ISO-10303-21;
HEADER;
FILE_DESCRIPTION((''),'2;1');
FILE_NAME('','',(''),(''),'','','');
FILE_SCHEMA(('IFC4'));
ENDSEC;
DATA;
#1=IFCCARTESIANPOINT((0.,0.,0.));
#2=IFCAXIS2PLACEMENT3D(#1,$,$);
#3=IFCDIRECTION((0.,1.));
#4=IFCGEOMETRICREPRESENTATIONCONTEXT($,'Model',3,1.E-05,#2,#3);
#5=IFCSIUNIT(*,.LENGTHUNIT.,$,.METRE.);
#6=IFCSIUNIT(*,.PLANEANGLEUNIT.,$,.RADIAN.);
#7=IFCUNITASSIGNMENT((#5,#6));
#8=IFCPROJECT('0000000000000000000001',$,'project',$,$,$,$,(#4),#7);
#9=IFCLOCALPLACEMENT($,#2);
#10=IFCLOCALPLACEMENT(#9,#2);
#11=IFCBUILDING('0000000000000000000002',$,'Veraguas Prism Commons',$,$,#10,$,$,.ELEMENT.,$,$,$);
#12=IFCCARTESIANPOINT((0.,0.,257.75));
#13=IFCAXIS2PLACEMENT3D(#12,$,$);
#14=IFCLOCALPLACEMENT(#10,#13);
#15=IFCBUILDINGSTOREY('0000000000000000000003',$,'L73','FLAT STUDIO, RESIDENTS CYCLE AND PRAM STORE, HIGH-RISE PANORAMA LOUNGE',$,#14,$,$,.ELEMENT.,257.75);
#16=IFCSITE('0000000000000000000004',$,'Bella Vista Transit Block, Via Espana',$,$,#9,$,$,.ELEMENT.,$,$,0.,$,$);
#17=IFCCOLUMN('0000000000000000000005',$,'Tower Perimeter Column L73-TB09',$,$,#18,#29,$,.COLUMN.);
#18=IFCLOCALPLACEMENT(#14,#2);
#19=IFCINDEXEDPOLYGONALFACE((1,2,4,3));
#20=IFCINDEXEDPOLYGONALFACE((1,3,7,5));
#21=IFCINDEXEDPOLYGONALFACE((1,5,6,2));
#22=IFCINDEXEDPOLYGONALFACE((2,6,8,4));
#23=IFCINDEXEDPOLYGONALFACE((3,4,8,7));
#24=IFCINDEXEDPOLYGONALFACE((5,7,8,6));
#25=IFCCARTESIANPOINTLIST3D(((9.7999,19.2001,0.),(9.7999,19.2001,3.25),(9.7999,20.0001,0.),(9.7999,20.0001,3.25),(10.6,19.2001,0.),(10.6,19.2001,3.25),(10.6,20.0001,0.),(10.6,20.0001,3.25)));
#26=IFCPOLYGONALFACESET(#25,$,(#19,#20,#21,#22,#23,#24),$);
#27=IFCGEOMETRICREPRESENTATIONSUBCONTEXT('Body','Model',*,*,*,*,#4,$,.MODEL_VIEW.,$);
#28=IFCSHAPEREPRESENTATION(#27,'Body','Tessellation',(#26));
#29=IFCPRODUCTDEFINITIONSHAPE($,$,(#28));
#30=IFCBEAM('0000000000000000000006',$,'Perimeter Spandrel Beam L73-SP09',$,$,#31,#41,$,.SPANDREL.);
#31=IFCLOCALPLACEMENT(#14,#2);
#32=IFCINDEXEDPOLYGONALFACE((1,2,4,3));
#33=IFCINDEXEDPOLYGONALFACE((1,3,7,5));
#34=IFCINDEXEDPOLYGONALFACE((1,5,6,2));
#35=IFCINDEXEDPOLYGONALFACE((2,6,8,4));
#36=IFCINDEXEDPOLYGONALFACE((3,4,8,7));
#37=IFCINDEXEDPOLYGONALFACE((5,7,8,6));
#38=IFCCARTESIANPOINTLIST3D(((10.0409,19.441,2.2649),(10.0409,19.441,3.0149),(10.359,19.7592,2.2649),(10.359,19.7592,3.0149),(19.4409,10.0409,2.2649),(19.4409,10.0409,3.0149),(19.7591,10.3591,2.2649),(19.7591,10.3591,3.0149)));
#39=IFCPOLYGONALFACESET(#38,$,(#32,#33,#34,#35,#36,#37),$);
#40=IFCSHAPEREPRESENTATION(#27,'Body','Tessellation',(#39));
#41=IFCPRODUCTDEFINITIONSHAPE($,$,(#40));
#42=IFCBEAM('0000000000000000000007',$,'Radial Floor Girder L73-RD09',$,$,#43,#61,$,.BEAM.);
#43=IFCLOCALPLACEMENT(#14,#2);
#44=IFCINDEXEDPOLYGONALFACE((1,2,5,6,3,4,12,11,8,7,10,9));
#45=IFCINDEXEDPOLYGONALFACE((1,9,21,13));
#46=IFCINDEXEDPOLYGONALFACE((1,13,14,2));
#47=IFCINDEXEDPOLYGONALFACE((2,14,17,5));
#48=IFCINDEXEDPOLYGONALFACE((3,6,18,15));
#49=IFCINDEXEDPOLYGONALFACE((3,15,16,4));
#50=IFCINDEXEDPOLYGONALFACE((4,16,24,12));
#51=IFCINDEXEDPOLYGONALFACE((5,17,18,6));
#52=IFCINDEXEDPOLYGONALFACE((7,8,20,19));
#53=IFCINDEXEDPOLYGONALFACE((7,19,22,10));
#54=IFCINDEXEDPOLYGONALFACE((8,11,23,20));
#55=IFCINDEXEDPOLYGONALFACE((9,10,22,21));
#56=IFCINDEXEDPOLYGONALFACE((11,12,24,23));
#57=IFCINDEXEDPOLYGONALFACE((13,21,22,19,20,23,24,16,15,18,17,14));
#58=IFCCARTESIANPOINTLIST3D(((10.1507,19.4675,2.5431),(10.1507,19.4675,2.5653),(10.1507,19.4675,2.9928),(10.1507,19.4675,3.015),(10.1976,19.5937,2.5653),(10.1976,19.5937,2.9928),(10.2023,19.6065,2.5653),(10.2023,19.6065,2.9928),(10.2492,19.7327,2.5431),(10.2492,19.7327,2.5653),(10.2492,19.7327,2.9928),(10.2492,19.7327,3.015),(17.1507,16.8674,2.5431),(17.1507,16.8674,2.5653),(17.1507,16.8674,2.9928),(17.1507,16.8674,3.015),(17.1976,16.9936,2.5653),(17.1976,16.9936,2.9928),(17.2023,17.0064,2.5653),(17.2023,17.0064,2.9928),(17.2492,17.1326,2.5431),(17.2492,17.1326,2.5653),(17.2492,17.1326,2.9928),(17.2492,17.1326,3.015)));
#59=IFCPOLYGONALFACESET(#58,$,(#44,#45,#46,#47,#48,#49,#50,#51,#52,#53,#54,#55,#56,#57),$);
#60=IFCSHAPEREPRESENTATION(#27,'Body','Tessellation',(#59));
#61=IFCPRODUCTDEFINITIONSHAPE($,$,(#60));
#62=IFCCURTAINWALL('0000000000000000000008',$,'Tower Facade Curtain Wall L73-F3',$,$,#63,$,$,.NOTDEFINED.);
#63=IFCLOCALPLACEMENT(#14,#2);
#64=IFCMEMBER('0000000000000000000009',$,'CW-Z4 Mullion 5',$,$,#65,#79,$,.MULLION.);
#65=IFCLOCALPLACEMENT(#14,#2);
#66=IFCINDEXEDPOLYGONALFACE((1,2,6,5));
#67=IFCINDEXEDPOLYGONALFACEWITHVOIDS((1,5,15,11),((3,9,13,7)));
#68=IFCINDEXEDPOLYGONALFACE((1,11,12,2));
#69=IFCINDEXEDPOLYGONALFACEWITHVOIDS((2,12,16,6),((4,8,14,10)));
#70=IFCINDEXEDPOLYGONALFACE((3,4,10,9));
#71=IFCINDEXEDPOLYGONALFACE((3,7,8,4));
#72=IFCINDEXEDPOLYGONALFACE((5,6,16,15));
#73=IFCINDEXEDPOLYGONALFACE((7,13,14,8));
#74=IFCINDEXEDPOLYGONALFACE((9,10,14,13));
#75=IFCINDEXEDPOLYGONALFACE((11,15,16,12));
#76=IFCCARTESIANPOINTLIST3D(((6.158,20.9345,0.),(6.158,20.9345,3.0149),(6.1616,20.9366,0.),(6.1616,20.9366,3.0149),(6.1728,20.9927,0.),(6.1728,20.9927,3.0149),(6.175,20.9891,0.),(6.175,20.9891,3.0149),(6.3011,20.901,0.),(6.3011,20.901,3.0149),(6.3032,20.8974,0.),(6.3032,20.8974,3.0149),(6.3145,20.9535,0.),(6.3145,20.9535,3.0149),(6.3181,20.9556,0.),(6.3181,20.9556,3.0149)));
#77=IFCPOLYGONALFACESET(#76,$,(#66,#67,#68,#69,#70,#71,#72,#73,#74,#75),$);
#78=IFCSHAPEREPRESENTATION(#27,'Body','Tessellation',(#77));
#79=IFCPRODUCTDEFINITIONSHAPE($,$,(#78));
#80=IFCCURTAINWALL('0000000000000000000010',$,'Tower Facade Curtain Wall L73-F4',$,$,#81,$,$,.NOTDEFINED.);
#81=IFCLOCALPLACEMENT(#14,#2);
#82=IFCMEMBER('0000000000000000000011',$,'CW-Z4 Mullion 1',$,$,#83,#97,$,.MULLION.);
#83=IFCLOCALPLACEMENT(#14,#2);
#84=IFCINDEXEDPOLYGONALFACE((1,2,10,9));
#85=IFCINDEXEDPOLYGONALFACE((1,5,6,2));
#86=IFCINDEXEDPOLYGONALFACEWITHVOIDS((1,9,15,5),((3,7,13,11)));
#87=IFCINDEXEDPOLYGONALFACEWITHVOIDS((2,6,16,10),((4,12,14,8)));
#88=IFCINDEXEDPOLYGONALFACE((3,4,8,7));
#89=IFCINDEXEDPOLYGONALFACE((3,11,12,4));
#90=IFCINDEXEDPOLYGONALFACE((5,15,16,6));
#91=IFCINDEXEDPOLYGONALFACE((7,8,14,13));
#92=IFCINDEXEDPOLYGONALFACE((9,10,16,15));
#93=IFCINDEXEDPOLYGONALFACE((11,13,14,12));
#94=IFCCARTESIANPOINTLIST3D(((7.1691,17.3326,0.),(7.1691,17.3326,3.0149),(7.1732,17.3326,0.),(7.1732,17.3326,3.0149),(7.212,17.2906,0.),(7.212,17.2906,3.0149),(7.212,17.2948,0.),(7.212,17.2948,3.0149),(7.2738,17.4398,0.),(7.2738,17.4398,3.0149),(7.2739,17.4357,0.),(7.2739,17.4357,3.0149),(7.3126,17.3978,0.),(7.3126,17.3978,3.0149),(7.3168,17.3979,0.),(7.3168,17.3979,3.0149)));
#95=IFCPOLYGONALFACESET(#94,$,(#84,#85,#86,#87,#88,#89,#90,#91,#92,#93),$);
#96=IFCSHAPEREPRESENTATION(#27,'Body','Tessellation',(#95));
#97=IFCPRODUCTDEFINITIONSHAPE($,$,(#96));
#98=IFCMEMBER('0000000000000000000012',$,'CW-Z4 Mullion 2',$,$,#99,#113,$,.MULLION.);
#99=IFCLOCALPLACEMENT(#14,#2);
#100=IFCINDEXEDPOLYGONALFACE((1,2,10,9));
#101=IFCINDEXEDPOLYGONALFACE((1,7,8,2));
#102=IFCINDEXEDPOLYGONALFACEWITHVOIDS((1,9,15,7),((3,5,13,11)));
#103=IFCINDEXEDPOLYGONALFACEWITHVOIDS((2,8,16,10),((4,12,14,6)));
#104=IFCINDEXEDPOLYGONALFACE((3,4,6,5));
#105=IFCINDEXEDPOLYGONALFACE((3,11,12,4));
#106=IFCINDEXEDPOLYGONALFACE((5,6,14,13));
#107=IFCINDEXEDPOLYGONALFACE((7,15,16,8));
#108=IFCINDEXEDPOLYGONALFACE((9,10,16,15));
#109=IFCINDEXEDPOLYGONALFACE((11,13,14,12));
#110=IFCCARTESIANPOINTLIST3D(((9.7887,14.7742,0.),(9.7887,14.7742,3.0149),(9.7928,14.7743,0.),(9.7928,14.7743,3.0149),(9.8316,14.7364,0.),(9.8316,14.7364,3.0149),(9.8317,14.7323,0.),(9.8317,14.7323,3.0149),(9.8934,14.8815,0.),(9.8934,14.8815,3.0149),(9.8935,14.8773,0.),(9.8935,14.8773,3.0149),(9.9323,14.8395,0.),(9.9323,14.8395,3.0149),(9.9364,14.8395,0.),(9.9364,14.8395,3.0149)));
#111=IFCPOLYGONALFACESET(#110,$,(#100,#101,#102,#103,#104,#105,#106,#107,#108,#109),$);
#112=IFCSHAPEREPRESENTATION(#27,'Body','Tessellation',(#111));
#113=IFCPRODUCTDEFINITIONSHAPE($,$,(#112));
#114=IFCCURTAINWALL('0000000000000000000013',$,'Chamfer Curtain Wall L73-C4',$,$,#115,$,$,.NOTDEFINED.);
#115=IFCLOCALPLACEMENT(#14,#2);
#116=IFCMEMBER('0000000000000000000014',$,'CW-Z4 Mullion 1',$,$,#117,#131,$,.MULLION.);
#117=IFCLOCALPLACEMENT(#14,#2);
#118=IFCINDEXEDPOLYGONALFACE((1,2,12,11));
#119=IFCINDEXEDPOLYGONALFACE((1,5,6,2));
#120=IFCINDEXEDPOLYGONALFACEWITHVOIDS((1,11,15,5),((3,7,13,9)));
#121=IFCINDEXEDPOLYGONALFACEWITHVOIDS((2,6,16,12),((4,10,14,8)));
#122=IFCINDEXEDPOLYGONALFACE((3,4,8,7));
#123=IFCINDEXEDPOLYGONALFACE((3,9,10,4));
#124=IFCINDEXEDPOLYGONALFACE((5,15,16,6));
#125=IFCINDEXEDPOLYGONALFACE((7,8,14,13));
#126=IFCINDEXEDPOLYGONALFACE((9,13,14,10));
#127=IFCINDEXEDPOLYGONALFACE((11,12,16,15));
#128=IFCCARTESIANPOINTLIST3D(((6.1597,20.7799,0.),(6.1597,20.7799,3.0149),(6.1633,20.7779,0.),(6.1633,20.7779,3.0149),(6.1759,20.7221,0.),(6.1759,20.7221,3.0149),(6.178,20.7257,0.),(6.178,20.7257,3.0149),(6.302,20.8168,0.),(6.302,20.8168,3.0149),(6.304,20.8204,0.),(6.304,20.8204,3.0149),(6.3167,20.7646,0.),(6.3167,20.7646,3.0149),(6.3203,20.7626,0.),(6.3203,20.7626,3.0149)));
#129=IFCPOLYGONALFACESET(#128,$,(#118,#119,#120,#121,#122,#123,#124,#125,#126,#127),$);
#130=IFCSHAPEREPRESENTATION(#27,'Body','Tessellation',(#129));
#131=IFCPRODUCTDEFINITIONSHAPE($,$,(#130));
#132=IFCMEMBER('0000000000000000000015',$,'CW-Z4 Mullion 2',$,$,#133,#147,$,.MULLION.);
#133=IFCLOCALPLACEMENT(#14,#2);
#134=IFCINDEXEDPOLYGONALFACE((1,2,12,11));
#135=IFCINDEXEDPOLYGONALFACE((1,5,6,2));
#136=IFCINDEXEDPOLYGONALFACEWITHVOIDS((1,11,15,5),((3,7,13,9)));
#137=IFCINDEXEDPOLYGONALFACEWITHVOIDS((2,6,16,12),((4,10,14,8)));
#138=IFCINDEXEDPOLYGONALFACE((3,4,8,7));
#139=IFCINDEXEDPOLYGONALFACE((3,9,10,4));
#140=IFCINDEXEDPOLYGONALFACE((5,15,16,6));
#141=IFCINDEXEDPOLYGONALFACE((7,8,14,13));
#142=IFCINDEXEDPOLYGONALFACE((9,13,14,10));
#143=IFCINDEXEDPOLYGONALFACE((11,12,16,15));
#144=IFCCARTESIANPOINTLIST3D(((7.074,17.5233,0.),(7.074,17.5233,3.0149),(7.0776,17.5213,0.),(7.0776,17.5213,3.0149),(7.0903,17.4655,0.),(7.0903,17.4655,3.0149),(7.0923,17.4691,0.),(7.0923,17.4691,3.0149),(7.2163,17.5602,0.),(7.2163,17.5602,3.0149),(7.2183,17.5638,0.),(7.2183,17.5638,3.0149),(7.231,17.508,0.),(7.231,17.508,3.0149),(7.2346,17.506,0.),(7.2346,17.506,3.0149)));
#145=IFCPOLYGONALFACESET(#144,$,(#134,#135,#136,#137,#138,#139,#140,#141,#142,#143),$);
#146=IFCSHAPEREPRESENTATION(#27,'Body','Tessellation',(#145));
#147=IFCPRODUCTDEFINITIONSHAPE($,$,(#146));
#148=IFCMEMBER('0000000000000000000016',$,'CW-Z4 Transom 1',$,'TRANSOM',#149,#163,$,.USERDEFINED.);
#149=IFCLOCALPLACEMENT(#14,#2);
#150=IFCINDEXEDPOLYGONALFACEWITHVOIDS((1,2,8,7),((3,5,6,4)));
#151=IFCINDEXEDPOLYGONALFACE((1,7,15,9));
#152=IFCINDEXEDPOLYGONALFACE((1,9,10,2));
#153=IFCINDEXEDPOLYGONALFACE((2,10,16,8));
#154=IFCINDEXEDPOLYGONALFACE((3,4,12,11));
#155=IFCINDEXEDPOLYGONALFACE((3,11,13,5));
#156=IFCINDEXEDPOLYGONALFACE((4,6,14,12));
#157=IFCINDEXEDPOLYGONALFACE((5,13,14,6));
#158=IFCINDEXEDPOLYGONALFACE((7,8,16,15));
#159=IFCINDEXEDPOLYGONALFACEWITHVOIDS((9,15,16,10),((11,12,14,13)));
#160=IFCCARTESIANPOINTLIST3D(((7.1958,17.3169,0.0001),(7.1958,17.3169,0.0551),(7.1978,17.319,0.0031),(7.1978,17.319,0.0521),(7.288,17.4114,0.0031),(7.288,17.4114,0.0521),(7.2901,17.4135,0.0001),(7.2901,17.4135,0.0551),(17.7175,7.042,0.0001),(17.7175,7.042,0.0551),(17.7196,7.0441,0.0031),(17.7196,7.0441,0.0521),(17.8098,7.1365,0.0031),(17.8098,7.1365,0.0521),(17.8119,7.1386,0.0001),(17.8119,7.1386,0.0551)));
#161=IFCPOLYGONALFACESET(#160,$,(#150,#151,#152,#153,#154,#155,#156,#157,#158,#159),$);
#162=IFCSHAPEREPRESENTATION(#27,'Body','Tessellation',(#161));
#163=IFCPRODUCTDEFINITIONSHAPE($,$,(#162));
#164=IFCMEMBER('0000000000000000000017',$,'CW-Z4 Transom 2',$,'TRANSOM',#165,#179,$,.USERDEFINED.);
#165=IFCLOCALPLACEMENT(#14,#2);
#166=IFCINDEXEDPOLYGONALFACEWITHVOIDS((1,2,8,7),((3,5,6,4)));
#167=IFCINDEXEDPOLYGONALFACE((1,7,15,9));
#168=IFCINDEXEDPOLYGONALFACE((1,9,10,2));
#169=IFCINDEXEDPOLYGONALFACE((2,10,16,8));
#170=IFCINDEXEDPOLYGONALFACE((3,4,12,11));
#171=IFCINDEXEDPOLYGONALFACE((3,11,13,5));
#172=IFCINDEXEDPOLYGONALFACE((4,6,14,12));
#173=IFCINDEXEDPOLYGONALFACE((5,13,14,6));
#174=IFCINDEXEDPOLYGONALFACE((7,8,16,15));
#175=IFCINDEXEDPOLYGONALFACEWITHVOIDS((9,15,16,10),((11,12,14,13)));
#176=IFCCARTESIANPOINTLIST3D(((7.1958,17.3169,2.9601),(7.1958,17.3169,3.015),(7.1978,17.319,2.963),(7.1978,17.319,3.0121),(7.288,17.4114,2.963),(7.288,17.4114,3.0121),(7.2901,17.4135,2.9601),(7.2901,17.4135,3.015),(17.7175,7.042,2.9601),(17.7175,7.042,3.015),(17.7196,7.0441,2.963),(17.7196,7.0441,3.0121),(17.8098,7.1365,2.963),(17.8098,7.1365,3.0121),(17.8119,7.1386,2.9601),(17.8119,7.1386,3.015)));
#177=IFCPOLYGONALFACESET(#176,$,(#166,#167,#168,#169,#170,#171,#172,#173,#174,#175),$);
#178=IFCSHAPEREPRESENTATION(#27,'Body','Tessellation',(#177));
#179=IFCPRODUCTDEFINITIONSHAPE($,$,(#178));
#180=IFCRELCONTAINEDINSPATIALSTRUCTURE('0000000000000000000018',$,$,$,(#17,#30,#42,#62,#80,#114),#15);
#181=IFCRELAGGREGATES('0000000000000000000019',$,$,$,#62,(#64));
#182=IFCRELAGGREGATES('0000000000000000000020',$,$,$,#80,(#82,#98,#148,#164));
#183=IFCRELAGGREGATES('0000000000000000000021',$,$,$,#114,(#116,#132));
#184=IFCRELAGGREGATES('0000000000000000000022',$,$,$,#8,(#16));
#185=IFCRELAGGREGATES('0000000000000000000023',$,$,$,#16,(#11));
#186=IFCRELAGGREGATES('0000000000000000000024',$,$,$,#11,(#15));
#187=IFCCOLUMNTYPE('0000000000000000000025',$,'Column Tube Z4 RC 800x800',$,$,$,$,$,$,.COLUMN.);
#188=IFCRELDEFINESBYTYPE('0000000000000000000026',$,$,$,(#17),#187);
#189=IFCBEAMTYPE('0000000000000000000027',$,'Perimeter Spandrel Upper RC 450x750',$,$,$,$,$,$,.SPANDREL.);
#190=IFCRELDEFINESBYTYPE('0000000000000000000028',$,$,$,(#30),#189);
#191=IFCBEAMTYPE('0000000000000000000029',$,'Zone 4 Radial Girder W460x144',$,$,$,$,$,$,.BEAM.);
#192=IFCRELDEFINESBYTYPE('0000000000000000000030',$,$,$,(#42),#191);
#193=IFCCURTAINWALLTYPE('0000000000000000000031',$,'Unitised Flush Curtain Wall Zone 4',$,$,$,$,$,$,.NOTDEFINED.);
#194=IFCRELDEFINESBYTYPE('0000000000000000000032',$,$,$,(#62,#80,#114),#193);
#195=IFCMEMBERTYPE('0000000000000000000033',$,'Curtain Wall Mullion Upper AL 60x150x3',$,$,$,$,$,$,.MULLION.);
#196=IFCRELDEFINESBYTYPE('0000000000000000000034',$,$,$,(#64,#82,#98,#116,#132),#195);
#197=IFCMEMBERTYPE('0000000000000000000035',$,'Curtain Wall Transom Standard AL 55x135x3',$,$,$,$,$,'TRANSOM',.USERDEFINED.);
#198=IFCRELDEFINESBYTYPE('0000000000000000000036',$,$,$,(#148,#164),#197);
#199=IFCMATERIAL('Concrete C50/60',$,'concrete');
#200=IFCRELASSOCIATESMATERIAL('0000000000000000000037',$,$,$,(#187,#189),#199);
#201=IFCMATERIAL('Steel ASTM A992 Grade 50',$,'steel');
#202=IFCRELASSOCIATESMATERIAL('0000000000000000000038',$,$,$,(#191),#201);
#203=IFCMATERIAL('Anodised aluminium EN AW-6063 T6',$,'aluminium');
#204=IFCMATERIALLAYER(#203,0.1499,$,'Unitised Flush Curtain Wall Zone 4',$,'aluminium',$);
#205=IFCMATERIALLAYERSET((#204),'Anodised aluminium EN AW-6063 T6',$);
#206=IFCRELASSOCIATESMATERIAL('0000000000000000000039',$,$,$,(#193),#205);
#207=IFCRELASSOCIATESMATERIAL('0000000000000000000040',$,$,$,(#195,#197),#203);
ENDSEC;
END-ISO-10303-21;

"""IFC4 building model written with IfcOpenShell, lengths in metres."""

from ifc_helpers import new_model, si_unit, direction, frame, origin, origin_2d, place, context, subcontext, project, spatial, rectangle, hollow_rectangle, i_section, extrude, source, transform, mapped, material, layer, layer_set, material_profile, profile_set, type_object, element, aggregate, save


model = new_model("IFC4")

# Units and contexts
model_context = context("Model", 3, precision=1e-05, world=origin(), true_north=direction((0.0, 1.0)))
body_context = subcontext(model_context, "Body", "Model", "MODEL_VIEW")
ifc_project = project(units=[si_unit("LENGTHUNIT", "METRE"), si_unit("PLANEANGLEUNIT", "RADIAN")], contexts=[model_context])

# Site, building, storey
site_placement = place(None, origin())
site = spatial("IfcSite", under=ifc_project, at=site_placement, Name="Bella Vista Transit Block, Via Espana", CompositionType="ELEMENT", RefElevation=0.0)
building_placement = place(site_placement, origin())
building = spatial("IfcBuilding", under=site, at=building_placement, Name="Veraguas Prism Commons", CompositionType="ELEMENT")
storey_placement = place(building_placement, frame((0.0, 0.0, 257.75)))
storey = spatial("IfcBuildingStorey", under=building, at=storey_placement, Name="L73", Description="FLAT STUDIO, RESIDENTS CYCLE AND PRAM STORE, HIGH-RISE PANORAMA LOUNGE", CompositionType="ELEMENT", Elevation=257.75)

# Column
ifc_material_1 = material(Name="Concrete C50/60", Category="concrete")
ifc_material_profile_1 = material_profile(ifc_material_1, rectangle(XDim=0.8, YDim=0.8, at=origin_2d()), Name="RC800X800")
ifc_profile_set_1 = profile_set([ifc_material_profile_1], Name="Concrete C50/60")
column_type = type_object("IfcColumnType", Name="Column Tube Z4 RC 800x800", PredefinedType="COLUMN", material=ifc_profile_set_1)
column_placement = place(storey_placement, frame((10.2, 19.6001, 0.0), z_axis=(0.0, 0.0, 1.0), x_axis=(1.0, 0.0, 0.0)))
element("IfcColumn", 1, at=column_placement, inside=storey, type_object=column_type, Name="Tower Perimeter Column L73-TB09", PredefinedType="COLUMN", context=body_context, shape_type="SweptSolid", body=[
    extrude(rectangle(XDim=0.8, YDim=0.8, at=origin_2d()), origin(), (0.0, 0.0, 1.0), 3.25),
])

# Beams
ifc_material_profile_2 = material_profile(ifc_material_1, rectangle(XDim=0.45, YDim=0.75, at=origin_2d()), Name="RC450X750")
ifc_profile_set_2 = profile_set([ifc_material_profile_2], Name="Concrete C50/60")
beam_type_1 = type_object("IfcBeamType", Name="Perimeter Spandrel Upper RC 450x750", PredefinedType="SPANDREL", material=ifc_profile_set_2)
beam_1_placement = place(storey_placement, frame((10.2, 19.6001, 2.6399), z_axis=(0.707107, -0.707107, 0.0), x_axis=(0.707107, 0.707107, 0.0)))
element("IfcBeam", 2, at=beam_1_placement, inside=storey, type_object=beam_type_1, Name="Perimeter Spandrel Beam L73-SP09", PredefinedType="SPANDREL", context=body_context, shape_type="SweptSolid", body=[
    extrude(rectangle(XDim=0.45, YDim=0.75, at=origin_2d()), origin(), (0.0, 0.0, 1.0), 13.2937),
])
ifc_material_2 = material(Name="Steel ASTM A992 Grade 50", Category="steel")
ifc_material_profile_3 = material_profile(ifc_material_2, i_section(OverallWidth=0.283, OverallDepth=0.4719, WebThickness=0.0137, FlangeThickness=0.0222, at=origin_2d()), Name="W460X144")
ifc_profile_set_3 = profile_set([ifc_material_profile_3], Name="Steel ASTM A992 Grade 50")
beam_type_2 = type_object("IfcBeamType", Name="Zone 4 Radial Girder W460x144", PredefinedType="BEAM", material=ifc_profile_set_3)
beam_2_placement = place(storey_placement, frame((10.2, 19.6001, 2.7791), z_axis=(0.937421, -0.348198, 0.0), x_axis=(0.348198, 0.937421, 0.0)))
element("IfcBeam", 3, at=beam_2_placement, inside=storey, type_object=beam_type_2, Name="Radial Floor Girder L73-RD09", PredefinedType="BEAM", context=body_context, shape_type="SweptSolid", body=[
    extrude(i_section(OverallWidth=0.283, OverallDepth=0.4719, WebThickness=0.0137, FlangeThickness=0.0222, at=origin_2d()), origin(), (0.0, 0.0, 1.0), 7.4673),
])

# Curtain wall, member
ifc_material_3 = material(Name="Anodised aluminium EN AW-6063 T6", Category="aluminium")
ifc_layer_1 = layer(ifc_material_3, 0.1499, Name="Unitised Flush Curtain Wall Zone 4", Category="aluminium")
ifc_layer_set_1 = layer_set([ifc_layer_1], Name="Anodised aluminium EN AW-6063 T6")
curtain_wall_type = type_object("IfcCurtainWallType", Name="Unitised Flush Curtain Wall Zone 4", PredefinedType="NOTDEFINED", material=ifc_layer_set_1)
curtain_wall_1_placement = place(storey_placement, origin())
curtain_wall_1 = element("IfcCurtainWall", 4, at=curtain_wall_1_placement, inside=storey, type_object=curtain_wall_type, Name="Tower Facade Curtain Wall L73-F3", PredefinedType="NOTDEFINED")
ifc_material_profile_4 = material_profile(ifc_material_3, hollow_rectangle(XDim=0.0601, YDim=0.1499, WallThickness=0.0029, at=origin_2d()), Name="AL60X150X3")
ifc_profile_set_4 = profile_set([ifc_material_profile_4], Name="Anodised aluminium EN AW-6063 T6")
member_type_1 = type_object("IfcMemberType", Name="Curtain Wall Mullion Upper AL 60x150x3", PredefinedType="MULLION", material=ifc_profile_set_4)
shared_shape_1 = source(origin(), body_context, "Body", "SweptSolid", [
    extrude(hollow_rectangle(XDim=0.0601, YDim=0.1499, WallThickness=0.0029, at=origin_2d()), origin(), (0.0, 0.0, 1.0), 3.0149),
])
member_1_placement = place(storey_placement, frame((6.238, 20.9451, 0.0), z_axis=(0.0, 0.0, 1.0), x_axis=(-0.247339, -0.968929, 0.0)))
member_1 = element("IfcMember", 5, at=member_1_placement, type_object=member_type_1, Name="CW-Z4 Mullion 5", PredefinedType="MULLION", context=body_context, shape_type="MappedRepresentation", body=[
    mapped(shared_shape_1, transform((0.0, 0.0, 0.0), scale=1.0)),
])
aggregate(curtain_wall_1, [member_1])

# Curtain walls, members
curtain_wall_2_placement = place(storey_placement, origin())
curtain_wall_2 = element("IfcCurtainWall", 6, at=curtain_wall_2_placement, inside=storey, type_object=curtain_wall_type, Name="Tower Facade Curtain Wall L73-F4", PredefinedType="NOTDEFINED")
member_2_placement = place(storey_placement, frame((7.2429, 17.3652, 0.0), z_axis=(0.0, 0.0, 1.0), x_axis=(0.715448, -0.698666, 0.0)))
member_2 = element("IfcMember", 7, at=member_2_placement, type_object=member_type_1, Name="CW-Z4 Mullion 1", PredefinedType="MULLION", context=body_context, shape_type="MappedRepresentation", body=[
    mapped(shared_shape_1, transform((0.0, 0.0, 0.0), scale=1.0)),
])
member_3_placement = place(storey_placement, frame((9.8625, 14.8069, 0.0), z_axis=(0.0, 0.0, 1.0), x_axis=(0.715448, -0.698666, 0.0)))
member_3 = element("IfcMember", 8, at=member_3_placement, type_object=member_type_1, Name="CW-Z4 Mullion 2", PredefinedType="MULLION", context=body_context, shape_type="MappedRepresentation", body=[
    mapped(shared_shape_1, transform((0.0, 0.0, 0.0), scale=1.0)),
])
curtain_wall_3_placement = place(storey_placement, origin())
curtain_wall_3 = element("IfcCurtainWall", 9, at=curtain_wall_3_placement, inside=storey, type_object=curtain_wall_type, Name="Chamfer Curtain Wall L73-C4", PredefinedType="NOTDEFINED")
member_4_placement = place(storey_placement, frame((6.24, 20.7712, 0.0), z_axis=(0.0, 0.0, 1.0), x_axis=(0.270274, -0.962783, 0.0)))
member_4 = element("IfcMember", 10, at=member_4_placement, type_object=member_type_1, Name="CW-Z4 Mullion 1", PredefinedType="MULLION", context=body_context, shape_type="MappedRepresentation", body=[
    mapped(shared_shape_1, transform((0.0, 0.0, 0.0), scale=1.0)),
])
member_5_placement = place(storey_placement, frame((7.1543, 17.5146, 0.0), z_axis=(0.0, 0.0, 1.0), x_axis=(0.270274, -0.962783, 0.0)))
member_5 = element("IfcMember", 11, at=member_5_placement, type_object=member_type_1, Name="CW-Z4 Mullion 2", PredefinedType="MULLION", context=body_context, shape_type="MappedRepresentation", body=[
    mapped(shared_shape_1, transform((0.0, 0.0, 0.0), scale=1.0)),
])

# Members
ifc_material_profile_5 = material_profile(ifc_material_3, hollow_rectangle(XDim=0.0549, YDim=0.135, WallThickness=0.0029, at=origin_2d()), Name="AL55X135X3")
ifc_profile_set_5 = profile_set([ifc_material_profile_5], Name="Anodised aluminium EN AW-6063 T6")
member_type_2 = type_object("IfcMemberType", Name="Curtain Wall Transom Standard AL 55x135x3", ElementType="TRANSOM", PredefinedType="USERDEFINED", material=ifc_profile_set_5)
shared_shape_2 = source(origin(), body_context, "Body", "SweptSolid", [
    extrude(hollow_rectangle(XDim=0.0549, YDim=0.135, WallThickness=0.0029, at=origin_2d()), origin(), (0.0, 0.0, 1.0), 14.7065),
])
member_6_placement = place(storey_placement, frame((7.2429, 17.3652, 0.0276), z_axis=(0.715449, -0.698665, 0.0), x_axis=(0.0, 0.0, 1.0)))
member_6 = element("IfcMember", 12, at=member_6_placement, type_object=member_type_2, Name="CW-Z4 Transom 1", ObjectType="TRANSOM", PredefinedType="USERDEFINED", context=body_context, shape_type="MappedRepresentation", body=[
    mapped(shared_shape_2, transform((0.0, 0.0, 0.0), scale=1.0)),
])
member_7_placement = place(storey_placement, frame((7.2429, 17.3652, 2.9875), z_axis=(0.715449, -0.698665, 0.0), x_axis=(0.0, 0.0, 1.0)))
member_7 = element("IfcMember", 13, at=member_7_placement, type_object=member_type_2, Name="CW-Z4 Transom 2", ObjectType="TRANSOM", PredefinedType="USERDEFINED", context=body_context, shape_type="MappedRepresentation", body=[
    mapped(shared_shape_2, transform((0.0, 0.0, 0.0), scale=1.0)),
])

aggregate(curtain_wall_2, [member_2, member_3, member_6, member_7])
aggregate(curtain_wall_3, [member_4, member_5])

save(model, "model.ifc")
